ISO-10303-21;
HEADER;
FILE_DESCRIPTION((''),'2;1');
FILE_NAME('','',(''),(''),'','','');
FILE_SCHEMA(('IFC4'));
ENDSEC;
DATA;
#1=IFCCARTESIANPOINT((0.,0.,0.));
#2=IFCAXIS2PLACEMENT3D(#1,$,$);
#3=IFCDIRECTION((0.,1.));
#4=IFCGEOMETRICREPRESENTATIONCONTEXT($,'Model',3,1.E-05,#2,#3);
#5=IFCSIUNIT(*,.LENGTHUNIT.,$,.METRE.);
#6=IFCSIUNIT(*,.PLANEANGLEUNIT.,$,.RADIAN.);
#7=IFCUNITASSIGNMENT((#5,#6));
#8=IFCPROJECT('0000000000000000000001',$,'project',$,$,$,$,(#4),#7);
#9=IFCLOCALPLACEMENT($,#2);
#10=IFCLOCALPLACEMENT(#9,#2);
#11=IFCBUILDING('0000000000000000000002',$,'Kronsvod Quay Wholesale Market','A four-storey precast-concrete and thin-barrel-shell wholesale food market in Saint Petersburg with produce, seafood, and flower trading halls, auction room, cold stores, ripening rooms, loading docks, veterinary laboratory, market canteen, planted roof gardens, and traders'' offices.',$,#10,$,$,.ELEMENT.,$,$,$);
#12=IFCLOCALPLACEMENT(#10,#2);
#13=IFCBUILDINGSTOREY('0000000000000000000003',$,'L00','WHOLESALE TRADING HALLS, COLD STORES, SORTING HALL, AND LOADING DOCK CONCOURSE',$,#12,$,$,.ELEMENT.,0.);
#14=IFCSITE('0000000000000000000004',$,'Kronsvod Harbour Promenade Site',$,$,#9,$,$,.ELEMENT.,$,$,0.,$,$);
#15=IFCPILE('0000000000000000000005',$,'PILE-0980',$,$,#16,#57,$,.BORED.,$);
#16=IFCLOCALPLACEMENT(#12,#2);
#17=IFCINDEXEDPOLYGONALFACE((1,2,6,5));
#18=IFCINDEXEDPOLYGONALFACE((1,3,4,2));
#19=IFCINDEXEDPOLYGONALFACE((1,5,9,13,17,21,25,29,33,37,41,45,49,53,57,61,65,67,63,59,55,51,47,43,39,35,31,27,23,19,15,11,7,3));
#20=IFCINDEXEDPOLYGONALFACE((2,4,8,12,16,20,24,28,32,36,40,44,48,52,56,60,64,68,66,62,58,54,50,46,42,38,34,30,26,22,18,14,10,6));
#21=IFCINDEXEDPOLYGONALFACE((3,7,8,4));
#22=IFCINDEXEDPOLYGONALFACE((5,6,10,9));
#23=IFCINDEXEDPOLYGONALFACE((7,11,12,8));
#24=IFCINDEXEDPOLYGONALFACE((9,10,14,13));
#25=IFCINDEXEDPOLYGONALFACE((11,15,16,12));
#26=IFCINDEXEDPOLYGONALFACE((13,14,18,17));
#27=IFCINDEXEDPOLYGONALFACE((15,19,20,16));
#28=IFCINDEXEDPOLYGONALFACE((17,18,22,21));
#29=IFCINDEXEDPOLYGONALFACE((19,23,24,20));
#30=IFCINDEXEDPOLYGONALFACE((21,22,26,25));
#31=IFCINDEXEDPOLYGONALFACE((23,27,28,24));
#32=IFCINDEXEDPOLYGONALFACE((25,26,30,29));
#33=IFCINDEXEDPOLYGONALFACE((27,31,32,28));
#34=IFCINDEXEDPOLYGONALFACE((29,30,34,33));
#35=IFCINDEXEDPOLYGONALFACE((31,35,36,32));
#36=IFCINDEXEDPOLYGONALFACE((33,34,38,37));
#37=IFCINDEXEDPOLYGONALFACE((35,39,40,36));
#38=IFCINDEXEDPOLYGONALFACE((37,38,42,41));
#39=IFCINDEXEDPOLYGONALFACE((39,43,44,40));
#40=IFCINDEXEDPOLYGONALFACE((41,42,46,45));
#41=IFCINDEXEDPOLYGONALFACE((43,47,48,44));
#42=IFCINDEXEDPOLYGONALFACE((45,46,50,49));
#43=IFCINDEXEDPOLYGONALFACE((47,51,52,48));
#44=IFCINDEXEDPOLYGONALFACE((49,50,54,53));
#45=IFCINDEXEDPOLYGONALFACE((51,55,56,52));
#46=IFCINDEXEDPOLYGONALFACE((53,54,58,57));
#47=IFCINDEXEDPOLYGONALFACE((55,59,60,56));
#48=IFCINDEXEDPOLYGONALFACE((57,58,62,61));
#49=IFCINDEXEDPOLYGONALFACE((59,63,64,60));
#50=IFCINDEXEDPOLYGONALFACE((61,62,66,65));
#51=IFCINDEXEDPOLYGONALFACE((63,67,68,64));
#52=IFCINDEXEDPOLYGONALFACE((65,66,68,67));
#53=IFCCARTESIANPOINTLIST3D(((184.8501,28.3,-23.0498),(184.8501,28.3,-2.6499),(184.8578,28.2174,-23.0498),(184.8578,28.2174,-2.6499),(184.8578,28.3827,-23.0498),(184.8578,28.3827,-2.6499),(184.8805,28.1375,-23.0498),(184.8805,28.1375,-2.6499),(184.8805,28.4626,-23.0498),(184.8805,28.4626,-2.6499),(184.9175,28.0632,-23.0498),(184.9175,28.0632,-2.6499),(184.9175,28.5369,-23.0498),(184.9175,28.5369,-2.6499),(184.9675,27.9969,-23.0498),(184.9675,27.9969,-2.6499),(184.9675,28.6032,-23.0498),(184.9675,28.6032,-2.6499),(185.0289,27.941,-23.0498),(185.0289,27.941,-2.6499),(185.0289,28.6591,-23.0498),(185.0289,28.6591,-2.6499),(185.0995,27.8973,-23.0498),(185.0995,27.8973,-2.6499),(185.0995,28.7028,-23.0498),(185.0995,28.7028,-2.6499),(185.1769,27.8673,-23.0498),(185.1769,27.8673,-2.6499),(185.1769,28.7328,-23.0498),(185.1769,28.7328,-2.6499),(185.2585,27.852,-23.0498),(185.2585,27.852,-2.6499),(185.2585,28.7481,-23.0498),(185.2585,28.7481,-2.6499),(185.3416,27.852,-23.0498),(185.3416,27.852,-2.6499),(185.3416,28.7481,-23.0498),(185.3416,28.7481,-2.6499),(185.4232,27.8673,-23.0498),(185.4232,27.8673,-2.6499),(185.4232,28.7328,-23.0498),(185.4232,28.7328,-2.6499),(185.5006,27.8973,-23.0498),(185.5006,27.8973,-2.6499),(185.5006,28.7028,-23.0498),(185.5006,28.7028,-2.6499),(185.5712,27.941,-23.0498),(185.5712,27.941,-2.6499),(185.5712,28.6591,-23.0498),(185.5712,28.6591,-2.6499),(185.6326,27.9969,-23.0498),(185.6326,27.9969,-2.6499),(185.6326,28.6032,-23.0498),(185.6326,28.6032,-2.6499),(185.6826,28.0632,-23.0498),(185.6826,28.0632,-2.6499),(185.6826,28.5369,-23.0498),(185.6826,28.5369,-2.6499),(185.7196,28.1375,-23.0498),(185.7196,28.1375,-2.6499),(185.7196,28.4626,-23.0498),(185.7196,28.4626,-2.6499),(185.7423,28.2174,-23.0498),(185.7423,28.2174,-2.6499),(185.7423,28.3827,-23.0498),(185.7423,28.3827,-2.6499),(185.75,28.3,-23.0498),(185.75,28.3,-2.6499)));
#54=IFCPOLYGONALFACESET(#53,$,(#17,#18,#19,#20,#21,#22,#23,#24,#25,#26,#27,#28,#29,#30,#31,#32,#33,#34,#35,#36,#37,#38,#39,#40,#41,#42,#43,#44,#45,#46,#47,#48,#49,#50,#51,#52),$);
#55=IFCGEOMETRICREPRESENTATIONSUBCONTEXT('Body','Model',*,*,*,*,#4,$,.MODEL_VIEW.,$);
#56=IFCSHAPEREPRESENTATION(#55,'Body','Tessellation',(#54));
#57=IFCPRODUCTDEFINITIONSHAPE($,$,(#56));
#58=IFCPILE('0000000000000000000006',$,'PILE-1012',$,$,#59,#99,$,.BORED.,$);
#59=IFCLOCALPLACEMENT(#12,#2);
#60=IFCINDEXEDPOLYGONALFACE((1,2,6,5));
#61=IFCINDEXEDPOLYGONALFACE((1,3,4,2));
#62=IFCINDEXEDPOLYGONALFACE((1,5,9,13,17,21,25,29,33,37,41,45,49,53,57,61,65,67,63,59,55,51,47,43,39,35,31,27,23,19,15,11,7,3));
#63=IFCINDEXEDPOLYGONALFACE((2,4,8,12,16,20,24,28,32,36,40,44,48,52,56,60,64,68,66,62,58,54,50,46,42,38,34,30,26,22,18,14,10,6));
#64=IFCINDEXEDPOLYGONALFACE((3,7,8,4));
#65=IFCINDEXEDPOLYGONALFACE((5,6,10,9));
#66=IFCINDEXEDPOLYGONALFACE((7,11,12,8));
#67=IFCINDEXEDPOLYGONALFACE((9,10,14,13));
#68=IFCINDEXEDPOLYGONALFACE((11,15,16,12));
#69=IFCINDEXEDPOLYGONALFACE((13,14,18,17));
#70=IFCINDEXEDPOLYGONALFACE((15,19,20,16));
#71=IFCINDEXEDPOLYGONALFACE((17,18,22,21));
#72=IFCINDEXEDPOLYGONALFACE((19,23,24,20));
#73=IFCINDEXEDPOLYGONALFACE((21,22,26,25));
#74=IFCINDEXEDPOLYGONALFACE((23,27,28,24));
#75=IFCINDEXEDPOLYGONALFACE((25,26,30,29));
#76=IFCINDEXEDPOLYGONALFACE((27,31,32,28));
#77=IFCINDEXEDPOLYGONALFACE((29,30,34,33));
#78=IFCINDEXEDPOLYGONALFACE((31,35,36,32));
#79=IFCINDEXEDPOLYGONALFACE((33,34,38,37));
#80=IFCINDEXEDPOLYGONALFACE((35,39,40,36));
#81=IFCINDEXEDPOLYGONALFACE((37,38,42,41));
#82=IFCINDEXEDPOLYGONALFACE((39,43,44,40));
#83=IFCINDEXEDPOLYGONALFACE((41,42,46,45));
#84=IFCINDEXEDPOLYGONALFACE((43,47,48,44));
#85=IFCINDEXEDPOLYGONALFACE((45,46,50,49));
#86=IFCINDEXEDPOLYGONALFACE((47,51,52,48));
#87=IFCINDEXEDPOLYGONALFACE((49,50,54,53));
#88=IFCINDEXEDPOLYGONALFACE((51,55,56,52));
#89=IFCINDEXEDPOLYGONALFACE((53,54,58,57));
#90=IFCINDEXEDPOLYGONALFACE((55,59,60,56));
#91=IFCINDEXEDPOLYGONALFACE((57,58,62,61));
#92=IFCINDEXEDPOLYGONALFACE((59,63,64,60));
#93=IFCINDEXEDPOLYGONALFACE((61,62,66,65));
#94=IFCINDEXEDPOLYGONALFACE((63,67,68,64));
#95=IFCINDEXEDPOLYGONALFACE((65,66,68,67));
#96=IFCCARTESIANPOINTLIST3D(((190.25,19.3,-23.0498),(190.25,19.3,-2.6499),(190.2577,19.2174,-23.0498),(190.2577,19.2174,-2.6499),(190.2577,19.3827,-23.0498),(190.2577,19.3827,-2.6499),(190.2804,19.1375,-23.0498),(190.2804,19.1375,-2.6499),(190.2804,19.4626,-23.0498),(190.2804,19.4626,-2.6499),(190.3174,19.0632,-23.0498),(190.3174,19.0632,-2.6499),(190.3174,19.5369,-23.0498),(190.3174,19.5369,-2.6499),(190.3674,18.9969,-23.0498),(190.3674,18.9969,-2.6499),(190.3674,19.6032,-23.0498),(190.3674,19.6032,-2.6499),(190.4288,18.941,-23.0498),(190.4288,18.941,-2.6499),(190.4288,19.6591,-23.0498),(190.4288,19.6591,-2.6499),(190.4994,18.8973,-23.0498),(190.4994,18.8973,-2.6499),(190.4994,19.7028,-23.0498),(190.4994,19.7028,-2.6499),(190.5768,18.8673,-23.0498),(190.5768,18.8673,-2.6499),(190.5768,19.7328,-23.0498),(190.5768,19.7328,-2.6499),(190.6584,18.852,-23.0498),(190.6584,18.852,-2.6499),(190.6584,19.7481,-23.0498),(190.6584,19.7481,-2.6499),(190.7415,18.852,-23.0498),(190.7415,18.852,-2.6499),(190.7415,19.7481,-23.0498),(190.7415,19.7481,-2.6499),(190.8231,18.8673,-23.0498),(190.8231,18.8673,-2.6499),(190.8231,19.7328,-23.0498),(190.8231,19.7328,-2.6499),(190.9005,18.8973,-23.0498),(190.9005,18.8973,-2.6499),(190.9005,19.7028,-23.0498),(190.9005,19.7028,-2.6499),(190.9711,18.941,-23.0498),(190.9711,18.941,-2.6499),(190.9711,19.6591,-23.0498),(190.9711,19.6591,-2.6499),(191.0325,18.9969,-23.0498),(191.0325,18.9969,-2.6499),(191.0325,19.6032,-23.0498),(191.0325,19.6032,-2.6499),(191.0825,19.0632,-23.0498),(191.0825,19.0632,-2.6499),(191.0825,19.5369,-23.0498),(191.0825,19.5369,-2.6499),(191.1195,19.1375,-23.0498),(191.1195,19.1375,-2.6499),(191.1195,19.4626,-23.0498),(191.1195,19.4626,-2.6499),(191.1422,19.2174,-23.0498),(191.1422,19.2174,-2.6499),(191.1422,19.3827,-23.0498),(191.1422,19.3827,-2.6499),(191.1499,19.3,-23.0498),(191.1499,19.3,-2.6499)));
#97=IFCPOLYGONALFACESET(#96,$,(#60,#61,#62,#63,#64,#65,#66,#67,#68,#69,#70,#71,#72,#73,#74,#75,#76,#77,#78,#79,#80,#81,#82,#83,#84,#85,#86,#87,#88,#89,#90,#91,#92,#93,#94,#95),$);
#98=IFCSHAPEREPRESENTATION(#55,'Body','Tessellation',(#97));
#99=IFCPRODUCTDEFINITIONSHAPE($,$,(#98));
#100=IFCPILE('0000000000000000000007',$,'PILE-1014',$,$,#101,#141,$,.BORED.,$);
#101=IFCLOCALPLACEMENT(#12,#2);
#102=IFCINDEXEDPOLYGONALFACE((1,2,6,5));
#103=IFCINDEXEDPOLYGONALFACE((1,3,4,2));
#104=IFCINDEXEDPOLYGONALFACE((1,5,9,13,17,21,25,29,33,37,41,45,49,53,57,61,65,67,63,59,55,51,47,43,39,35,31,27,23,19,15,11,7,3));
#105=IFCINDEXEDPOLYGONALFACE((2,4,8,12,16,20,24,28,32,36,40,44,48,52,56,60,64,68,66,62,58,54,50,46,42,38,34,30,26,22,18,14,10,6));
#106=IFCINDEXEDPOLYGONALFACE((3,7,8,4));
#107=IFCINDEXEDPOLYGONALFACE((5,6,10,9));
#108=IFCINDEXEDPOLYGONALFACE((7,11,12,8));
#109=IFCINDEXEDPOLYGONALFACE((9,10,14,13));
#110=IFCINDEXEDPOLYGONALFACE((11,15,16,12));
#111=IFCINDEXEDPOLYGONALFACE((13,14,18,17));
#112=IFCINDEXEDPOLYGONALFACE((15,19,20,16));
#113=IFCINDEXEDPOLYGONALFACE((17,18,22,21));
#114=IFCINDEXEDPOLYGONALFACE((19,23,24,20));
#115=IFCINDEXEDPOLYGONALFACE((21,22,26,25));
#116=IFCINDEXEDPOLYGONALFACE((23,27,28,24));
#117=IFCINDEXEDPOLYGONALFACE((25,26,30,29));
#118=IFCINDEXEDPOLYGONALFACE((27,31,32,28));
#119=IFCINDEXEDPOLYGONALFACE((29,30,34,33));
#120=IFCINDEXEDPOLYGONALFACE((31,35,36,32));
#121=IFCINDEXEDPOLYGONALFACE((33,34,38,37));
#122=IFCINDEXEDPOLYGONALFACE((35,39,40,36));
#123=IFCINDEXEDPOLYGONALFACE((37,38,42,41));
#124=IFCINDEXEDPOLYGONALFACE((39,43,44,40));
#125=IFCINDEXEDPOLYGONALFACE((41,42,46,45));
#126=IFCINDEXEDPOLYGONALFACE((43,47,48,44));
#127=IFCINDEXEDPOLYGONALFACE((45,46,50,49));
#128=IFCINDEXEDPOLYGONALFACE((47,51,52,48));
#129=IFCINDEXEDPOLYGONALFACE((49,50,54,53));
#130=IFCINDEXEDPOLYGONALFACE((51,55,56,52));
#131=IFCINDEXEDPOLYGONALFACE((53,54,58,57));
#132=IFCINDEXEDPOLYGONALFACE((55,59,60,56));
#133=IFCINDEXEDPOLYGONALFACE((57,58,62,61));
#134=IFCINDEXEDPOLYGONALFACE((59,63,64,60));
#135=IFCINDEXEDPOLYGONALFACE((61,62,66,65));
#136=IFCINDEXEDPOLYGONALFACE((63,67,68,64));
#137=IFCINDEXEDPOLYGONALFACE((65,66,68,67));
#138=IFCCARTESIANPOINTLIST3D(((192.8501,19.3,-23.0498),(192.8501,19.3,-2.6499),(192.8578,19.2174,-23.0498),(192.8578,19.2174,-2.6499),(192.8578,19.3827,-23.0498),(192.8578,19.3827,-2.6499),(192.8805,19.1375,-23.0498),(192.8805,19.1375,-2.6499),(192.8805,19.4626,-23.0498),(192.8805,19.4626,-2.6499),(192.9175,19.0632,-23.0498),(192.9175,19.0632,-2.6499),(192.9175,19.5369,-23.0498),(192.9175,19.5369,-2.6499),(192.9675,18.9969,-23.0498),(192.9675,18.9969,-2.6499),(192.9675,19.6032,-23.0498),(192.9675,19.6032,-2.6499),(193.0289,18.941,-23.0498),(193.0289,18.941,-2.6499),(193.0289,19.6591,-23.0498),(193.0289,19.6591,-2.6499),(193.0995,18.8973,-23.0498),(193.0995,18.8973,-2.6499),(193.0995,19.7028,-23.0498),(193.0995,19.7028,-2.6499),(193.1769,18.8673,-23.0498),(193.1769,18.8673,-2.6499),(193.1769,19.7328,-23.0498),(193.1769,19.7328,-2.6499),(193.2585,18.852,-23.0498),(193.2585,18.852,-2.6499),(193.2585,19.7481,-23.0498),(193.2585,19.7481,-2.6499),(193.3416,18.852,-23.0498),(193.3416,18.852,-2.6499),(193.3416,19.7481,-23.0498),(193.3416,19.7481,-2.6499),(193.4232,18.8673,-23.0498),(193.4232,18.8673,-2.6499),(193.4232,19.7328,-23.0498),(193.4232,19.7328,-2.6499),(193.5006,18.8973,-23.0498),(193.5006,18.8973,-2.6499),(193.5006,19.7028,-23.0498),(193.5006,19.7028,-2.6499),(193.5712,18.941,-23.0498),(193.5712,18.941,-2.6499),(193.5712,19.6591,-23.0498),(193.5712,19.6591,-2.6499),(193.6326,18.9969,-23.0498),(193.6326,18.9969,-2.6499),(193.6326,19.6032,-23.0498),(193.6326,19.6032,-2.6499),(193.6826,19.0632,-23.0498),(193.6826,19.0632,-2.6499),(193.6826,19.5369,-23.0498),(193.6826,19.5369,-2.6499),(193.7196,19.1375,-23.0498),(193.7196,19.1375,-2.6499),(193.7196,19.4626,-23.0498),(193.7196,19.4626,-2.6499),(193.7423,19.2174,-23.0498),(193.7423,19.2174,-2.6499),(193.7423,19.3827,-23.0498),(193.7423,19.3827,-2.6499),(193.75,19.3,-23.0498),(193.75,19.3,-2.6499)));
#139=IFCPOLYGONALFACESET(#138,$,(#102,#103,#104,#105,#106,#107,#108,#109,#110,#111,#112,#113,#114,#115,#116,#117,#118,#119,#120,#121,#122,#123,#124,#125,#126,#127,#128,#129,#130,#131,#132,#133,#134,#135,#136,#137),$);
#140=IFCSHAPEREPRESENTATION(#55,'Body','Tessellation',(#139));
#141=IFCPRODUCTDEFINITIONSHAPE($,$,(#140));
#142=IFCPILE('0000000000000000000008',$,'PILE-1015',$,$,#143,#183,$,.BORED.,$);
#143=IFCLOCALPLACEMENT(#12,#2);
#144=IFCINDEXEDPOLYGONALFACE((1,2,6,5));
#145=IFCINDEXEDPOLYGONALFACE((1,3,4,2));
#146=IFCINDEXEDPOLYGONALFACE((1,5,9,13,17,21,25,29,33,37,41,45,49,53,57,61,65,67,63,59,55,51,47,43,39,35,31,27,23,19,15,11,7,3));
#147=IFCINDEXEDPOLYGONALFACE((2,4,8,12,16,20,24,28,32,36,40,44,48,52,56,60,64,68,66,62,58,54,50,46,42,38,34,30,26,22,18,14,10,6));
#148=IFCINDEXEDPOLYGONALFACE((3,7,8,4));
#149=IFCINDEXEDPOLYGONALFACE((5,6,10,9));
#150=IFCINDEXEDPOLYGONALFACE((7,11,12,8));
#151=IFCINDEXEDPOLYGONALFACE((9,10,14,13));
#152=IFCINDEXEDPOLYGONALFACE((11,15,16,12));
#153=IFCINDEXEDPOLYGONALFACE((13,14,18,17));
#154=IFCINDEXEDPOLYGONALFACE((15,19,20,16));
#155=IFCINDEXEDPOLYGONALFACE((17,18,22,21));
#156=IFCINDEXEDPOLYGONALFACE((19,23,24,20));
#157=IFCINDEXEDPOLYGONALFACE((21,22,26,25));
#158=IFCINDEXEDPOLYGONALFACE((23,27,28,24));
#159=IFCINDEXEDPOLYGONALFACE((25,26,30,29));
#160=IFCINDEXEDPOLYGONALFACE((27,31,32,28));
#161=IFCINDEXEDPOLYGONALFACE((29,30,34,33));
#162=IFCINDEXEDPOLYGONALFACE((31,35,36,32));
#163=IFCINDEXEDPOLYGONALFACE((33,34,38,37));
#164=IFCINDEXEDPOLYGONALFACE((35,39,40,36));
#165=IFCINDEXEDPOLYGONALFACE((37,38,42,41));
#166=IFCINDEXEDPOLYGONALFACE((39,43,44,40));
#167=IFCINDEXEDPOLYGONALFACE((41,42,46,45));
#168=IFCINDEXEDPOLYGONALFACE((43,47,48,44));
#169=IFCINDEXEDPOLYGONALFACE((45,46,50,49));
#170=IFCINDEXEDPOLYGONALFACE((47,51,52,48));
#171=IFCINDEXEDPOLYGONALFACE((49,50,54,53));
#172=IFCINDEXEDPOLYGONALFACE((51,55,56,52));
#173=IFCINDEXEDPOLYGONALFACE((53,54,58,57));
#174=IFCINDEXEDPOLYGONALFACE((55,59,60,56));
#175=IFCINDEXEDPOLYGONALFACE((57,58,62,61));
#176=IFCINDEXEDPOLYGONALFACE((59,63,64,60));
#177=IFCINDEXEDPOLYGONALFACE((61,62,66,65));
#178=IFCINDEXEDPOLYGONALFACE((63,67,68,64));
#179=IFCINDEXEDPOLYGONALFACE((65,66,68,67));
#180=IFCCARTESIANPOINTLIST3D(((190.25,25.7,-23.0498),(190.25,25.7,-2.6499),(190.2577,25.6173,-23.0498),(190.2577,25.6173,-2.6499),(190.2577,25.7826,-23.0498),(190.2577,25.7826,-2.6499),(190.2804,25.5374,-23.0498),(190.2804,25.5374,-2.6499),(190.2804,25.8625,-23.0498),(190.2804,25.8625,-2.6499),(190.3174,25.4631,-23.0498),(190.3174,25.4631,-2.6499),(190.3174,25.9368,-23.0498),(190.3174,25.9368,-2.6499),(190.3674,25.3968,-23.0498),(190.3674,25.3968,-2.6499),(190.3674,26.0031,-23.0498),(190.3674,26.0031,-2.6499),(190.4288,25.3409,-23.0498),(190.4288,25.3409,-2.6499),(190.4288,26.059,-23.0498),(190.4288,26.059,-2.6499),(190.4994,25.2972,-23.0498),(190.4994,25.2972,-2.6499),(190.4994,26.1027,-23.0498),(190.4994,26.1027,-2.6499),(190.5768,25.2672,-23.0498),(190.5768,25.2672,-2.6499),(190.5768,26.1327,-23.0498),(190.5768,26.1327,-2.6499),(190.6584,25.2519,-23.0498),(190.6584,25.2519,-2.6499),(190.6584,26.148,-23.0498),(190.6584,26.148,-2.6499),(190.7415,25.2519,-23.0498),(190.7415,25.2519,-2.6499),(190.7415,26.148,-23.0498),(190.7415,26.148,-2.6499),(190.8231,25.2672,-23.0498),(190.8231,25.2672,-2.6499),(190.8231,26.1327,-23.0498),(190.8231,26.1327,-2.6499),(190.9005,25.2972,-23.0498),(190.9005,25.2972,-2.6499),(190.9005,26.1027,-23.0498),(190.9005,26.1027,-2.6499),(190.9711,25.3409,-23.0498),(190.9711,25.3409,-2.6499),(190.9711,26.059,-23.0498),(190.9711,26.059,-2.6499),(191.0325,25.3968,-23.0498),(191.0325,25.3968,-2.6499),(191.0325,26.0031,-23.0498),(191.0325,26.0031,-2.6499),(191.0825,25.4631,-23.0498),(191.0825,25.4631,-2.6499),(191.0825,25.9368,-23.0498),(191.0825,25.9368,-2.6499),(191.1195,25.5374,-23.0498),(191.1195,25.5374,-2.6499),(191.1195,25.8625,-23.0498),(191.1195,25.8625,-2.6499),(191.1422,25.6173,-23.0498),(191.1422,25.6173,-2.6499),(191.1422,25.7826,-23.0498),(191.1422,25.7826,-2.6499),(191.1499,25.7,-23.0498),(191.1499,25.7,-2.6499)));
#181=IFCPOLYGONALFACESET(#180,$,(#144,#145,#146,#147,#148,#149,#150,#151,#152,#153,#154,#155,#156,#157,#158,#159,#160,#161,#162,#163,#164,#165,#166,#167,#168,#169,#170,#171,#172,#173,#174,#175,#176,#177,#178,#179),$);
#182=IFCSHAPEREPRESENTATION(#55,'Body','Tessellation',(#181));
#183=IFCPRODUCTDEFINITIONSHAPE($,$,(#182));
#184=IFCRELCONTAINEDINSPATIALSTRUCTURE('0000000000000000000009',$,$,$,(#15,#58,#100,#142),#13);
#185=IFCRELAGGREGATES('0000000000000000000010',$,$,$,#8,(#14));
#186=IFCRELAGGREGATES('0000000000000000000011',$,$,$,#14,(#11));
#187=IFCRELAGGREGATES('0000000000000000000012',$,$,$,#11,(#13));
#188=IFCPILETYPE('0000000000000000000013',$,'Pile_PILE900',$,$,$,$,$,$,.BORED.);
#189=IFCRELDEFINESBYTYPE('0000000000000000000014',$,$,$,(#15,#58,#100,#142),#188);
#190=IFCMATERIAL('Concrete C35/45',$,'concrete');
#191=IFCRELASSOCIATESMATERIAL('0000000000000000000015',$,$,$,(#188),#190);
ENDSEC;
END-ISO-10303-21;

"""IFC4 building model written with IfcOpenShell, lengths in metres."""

from ifc_helpers import new_model, si_unit, direction, frame, origin, origin_2d, place, context, subcontext, project, spatial, circle, extrude, material, material_profile, profile_set, type_object, element, save


model = new_model("IFC4")

# Units and contexts
model_context = context("Model", 3, precision=1e-05, world=origin(), true_north=direction((0.0, 1.0)))
body_context = subcontext(model_context, "Body", "Model", "MODEL_VIEW")
ifc_project = project(units=[si_unit("LENGTHUNIT", "METRE"), si_unit("PLANEANGLEUNIT", "RADIAN")], contexts=[model_context])

# Site, building, storey
site_placement = place(None, origin())
site = spatial("IfcSite", under=ifc_project, at=site_placement, Name="Kronsvod Harbour Promenade Site", CompositionType="ELEMENT", RefElevation=0.0)
building_placement = place(site_placement, origin())
building = spatial("IfcBuilding", under=site, at=building_placement, Name="Kronsvod Quay Wholesale Market", Description="A four-storey precast-concrete and thin-barrel-shell wholesale food market in Saint Petersburg with produce, seafood, and flower trading halls, auction room, cold stores, ripening rooms, loading docks, veterinary laboratory, market canteen, planted roof gardens, and traders' offices.", CompositionType="ELEMENT")
storey_placement = place(building_placement, origin())
storey = spatial("IfcBuildingStorey", under=building, at=storey_placement, Name="L00", Description="WHOLESALE TRADING HALLS, COLD STORES, SORTING HALL, AND LOADING DOCK CONCOURSE", CompositionType="ELEMENT", Elevation=0.0)

# Piles
ifc_material_1 = material(Name="Concrete C35/45", Category="concrete")
ifc_material_profile_1 = material_profile(ifc_material_1, circle(Radius=0.45, at=origin_2d()), Name="PILE900")
ifc_profile_set_1 = profile_set([ifc_material_profile_1], Name="Concrete C35/45")
pile_type = type_object("IfcPileType", Name="Pile_PILE900", PredefinedType="BORED", material=ifc_profile_set_1)
for number, where, z_axis, x_axis, name in (
    (1, (185.3, 28.3, -2.6499), (0.0, 0.0, -1.0), (1.0, 0.0, 0.0), "PILE-0980"),
    (2, (190.7, 19.3, -2.6499), (0.0, 0.0, -1.0), (1.0, 0.0, 0.0), "PILE-1012"),
    (3, (193.3, 19.3, -2.6499), (0.0, 0.0, -1.0), (1.0, 0.0, 0.0), "PILE-1014"),
    (4, (190.7, 25.7, -2.6499), (0.0, 0.0, -1.0), (1.0, 0.0, 0.0), "PILE-1015"),
):
    element("IfcPile", number, at=place(storey_placement, frame(where, z_axis=z_axis, x_axis=x_axis)), inside=storey, type_object=pile_type, Name=name, PredefinedType="BORED", context=body_context, shape_type="SweptSolid", body=[
        extrude(circle(Radius=0.45, at=origin_2d()), origin(), (0.0, 0.0, 1.0), 20.3999),
    ])

save(model, "model.ifc")
